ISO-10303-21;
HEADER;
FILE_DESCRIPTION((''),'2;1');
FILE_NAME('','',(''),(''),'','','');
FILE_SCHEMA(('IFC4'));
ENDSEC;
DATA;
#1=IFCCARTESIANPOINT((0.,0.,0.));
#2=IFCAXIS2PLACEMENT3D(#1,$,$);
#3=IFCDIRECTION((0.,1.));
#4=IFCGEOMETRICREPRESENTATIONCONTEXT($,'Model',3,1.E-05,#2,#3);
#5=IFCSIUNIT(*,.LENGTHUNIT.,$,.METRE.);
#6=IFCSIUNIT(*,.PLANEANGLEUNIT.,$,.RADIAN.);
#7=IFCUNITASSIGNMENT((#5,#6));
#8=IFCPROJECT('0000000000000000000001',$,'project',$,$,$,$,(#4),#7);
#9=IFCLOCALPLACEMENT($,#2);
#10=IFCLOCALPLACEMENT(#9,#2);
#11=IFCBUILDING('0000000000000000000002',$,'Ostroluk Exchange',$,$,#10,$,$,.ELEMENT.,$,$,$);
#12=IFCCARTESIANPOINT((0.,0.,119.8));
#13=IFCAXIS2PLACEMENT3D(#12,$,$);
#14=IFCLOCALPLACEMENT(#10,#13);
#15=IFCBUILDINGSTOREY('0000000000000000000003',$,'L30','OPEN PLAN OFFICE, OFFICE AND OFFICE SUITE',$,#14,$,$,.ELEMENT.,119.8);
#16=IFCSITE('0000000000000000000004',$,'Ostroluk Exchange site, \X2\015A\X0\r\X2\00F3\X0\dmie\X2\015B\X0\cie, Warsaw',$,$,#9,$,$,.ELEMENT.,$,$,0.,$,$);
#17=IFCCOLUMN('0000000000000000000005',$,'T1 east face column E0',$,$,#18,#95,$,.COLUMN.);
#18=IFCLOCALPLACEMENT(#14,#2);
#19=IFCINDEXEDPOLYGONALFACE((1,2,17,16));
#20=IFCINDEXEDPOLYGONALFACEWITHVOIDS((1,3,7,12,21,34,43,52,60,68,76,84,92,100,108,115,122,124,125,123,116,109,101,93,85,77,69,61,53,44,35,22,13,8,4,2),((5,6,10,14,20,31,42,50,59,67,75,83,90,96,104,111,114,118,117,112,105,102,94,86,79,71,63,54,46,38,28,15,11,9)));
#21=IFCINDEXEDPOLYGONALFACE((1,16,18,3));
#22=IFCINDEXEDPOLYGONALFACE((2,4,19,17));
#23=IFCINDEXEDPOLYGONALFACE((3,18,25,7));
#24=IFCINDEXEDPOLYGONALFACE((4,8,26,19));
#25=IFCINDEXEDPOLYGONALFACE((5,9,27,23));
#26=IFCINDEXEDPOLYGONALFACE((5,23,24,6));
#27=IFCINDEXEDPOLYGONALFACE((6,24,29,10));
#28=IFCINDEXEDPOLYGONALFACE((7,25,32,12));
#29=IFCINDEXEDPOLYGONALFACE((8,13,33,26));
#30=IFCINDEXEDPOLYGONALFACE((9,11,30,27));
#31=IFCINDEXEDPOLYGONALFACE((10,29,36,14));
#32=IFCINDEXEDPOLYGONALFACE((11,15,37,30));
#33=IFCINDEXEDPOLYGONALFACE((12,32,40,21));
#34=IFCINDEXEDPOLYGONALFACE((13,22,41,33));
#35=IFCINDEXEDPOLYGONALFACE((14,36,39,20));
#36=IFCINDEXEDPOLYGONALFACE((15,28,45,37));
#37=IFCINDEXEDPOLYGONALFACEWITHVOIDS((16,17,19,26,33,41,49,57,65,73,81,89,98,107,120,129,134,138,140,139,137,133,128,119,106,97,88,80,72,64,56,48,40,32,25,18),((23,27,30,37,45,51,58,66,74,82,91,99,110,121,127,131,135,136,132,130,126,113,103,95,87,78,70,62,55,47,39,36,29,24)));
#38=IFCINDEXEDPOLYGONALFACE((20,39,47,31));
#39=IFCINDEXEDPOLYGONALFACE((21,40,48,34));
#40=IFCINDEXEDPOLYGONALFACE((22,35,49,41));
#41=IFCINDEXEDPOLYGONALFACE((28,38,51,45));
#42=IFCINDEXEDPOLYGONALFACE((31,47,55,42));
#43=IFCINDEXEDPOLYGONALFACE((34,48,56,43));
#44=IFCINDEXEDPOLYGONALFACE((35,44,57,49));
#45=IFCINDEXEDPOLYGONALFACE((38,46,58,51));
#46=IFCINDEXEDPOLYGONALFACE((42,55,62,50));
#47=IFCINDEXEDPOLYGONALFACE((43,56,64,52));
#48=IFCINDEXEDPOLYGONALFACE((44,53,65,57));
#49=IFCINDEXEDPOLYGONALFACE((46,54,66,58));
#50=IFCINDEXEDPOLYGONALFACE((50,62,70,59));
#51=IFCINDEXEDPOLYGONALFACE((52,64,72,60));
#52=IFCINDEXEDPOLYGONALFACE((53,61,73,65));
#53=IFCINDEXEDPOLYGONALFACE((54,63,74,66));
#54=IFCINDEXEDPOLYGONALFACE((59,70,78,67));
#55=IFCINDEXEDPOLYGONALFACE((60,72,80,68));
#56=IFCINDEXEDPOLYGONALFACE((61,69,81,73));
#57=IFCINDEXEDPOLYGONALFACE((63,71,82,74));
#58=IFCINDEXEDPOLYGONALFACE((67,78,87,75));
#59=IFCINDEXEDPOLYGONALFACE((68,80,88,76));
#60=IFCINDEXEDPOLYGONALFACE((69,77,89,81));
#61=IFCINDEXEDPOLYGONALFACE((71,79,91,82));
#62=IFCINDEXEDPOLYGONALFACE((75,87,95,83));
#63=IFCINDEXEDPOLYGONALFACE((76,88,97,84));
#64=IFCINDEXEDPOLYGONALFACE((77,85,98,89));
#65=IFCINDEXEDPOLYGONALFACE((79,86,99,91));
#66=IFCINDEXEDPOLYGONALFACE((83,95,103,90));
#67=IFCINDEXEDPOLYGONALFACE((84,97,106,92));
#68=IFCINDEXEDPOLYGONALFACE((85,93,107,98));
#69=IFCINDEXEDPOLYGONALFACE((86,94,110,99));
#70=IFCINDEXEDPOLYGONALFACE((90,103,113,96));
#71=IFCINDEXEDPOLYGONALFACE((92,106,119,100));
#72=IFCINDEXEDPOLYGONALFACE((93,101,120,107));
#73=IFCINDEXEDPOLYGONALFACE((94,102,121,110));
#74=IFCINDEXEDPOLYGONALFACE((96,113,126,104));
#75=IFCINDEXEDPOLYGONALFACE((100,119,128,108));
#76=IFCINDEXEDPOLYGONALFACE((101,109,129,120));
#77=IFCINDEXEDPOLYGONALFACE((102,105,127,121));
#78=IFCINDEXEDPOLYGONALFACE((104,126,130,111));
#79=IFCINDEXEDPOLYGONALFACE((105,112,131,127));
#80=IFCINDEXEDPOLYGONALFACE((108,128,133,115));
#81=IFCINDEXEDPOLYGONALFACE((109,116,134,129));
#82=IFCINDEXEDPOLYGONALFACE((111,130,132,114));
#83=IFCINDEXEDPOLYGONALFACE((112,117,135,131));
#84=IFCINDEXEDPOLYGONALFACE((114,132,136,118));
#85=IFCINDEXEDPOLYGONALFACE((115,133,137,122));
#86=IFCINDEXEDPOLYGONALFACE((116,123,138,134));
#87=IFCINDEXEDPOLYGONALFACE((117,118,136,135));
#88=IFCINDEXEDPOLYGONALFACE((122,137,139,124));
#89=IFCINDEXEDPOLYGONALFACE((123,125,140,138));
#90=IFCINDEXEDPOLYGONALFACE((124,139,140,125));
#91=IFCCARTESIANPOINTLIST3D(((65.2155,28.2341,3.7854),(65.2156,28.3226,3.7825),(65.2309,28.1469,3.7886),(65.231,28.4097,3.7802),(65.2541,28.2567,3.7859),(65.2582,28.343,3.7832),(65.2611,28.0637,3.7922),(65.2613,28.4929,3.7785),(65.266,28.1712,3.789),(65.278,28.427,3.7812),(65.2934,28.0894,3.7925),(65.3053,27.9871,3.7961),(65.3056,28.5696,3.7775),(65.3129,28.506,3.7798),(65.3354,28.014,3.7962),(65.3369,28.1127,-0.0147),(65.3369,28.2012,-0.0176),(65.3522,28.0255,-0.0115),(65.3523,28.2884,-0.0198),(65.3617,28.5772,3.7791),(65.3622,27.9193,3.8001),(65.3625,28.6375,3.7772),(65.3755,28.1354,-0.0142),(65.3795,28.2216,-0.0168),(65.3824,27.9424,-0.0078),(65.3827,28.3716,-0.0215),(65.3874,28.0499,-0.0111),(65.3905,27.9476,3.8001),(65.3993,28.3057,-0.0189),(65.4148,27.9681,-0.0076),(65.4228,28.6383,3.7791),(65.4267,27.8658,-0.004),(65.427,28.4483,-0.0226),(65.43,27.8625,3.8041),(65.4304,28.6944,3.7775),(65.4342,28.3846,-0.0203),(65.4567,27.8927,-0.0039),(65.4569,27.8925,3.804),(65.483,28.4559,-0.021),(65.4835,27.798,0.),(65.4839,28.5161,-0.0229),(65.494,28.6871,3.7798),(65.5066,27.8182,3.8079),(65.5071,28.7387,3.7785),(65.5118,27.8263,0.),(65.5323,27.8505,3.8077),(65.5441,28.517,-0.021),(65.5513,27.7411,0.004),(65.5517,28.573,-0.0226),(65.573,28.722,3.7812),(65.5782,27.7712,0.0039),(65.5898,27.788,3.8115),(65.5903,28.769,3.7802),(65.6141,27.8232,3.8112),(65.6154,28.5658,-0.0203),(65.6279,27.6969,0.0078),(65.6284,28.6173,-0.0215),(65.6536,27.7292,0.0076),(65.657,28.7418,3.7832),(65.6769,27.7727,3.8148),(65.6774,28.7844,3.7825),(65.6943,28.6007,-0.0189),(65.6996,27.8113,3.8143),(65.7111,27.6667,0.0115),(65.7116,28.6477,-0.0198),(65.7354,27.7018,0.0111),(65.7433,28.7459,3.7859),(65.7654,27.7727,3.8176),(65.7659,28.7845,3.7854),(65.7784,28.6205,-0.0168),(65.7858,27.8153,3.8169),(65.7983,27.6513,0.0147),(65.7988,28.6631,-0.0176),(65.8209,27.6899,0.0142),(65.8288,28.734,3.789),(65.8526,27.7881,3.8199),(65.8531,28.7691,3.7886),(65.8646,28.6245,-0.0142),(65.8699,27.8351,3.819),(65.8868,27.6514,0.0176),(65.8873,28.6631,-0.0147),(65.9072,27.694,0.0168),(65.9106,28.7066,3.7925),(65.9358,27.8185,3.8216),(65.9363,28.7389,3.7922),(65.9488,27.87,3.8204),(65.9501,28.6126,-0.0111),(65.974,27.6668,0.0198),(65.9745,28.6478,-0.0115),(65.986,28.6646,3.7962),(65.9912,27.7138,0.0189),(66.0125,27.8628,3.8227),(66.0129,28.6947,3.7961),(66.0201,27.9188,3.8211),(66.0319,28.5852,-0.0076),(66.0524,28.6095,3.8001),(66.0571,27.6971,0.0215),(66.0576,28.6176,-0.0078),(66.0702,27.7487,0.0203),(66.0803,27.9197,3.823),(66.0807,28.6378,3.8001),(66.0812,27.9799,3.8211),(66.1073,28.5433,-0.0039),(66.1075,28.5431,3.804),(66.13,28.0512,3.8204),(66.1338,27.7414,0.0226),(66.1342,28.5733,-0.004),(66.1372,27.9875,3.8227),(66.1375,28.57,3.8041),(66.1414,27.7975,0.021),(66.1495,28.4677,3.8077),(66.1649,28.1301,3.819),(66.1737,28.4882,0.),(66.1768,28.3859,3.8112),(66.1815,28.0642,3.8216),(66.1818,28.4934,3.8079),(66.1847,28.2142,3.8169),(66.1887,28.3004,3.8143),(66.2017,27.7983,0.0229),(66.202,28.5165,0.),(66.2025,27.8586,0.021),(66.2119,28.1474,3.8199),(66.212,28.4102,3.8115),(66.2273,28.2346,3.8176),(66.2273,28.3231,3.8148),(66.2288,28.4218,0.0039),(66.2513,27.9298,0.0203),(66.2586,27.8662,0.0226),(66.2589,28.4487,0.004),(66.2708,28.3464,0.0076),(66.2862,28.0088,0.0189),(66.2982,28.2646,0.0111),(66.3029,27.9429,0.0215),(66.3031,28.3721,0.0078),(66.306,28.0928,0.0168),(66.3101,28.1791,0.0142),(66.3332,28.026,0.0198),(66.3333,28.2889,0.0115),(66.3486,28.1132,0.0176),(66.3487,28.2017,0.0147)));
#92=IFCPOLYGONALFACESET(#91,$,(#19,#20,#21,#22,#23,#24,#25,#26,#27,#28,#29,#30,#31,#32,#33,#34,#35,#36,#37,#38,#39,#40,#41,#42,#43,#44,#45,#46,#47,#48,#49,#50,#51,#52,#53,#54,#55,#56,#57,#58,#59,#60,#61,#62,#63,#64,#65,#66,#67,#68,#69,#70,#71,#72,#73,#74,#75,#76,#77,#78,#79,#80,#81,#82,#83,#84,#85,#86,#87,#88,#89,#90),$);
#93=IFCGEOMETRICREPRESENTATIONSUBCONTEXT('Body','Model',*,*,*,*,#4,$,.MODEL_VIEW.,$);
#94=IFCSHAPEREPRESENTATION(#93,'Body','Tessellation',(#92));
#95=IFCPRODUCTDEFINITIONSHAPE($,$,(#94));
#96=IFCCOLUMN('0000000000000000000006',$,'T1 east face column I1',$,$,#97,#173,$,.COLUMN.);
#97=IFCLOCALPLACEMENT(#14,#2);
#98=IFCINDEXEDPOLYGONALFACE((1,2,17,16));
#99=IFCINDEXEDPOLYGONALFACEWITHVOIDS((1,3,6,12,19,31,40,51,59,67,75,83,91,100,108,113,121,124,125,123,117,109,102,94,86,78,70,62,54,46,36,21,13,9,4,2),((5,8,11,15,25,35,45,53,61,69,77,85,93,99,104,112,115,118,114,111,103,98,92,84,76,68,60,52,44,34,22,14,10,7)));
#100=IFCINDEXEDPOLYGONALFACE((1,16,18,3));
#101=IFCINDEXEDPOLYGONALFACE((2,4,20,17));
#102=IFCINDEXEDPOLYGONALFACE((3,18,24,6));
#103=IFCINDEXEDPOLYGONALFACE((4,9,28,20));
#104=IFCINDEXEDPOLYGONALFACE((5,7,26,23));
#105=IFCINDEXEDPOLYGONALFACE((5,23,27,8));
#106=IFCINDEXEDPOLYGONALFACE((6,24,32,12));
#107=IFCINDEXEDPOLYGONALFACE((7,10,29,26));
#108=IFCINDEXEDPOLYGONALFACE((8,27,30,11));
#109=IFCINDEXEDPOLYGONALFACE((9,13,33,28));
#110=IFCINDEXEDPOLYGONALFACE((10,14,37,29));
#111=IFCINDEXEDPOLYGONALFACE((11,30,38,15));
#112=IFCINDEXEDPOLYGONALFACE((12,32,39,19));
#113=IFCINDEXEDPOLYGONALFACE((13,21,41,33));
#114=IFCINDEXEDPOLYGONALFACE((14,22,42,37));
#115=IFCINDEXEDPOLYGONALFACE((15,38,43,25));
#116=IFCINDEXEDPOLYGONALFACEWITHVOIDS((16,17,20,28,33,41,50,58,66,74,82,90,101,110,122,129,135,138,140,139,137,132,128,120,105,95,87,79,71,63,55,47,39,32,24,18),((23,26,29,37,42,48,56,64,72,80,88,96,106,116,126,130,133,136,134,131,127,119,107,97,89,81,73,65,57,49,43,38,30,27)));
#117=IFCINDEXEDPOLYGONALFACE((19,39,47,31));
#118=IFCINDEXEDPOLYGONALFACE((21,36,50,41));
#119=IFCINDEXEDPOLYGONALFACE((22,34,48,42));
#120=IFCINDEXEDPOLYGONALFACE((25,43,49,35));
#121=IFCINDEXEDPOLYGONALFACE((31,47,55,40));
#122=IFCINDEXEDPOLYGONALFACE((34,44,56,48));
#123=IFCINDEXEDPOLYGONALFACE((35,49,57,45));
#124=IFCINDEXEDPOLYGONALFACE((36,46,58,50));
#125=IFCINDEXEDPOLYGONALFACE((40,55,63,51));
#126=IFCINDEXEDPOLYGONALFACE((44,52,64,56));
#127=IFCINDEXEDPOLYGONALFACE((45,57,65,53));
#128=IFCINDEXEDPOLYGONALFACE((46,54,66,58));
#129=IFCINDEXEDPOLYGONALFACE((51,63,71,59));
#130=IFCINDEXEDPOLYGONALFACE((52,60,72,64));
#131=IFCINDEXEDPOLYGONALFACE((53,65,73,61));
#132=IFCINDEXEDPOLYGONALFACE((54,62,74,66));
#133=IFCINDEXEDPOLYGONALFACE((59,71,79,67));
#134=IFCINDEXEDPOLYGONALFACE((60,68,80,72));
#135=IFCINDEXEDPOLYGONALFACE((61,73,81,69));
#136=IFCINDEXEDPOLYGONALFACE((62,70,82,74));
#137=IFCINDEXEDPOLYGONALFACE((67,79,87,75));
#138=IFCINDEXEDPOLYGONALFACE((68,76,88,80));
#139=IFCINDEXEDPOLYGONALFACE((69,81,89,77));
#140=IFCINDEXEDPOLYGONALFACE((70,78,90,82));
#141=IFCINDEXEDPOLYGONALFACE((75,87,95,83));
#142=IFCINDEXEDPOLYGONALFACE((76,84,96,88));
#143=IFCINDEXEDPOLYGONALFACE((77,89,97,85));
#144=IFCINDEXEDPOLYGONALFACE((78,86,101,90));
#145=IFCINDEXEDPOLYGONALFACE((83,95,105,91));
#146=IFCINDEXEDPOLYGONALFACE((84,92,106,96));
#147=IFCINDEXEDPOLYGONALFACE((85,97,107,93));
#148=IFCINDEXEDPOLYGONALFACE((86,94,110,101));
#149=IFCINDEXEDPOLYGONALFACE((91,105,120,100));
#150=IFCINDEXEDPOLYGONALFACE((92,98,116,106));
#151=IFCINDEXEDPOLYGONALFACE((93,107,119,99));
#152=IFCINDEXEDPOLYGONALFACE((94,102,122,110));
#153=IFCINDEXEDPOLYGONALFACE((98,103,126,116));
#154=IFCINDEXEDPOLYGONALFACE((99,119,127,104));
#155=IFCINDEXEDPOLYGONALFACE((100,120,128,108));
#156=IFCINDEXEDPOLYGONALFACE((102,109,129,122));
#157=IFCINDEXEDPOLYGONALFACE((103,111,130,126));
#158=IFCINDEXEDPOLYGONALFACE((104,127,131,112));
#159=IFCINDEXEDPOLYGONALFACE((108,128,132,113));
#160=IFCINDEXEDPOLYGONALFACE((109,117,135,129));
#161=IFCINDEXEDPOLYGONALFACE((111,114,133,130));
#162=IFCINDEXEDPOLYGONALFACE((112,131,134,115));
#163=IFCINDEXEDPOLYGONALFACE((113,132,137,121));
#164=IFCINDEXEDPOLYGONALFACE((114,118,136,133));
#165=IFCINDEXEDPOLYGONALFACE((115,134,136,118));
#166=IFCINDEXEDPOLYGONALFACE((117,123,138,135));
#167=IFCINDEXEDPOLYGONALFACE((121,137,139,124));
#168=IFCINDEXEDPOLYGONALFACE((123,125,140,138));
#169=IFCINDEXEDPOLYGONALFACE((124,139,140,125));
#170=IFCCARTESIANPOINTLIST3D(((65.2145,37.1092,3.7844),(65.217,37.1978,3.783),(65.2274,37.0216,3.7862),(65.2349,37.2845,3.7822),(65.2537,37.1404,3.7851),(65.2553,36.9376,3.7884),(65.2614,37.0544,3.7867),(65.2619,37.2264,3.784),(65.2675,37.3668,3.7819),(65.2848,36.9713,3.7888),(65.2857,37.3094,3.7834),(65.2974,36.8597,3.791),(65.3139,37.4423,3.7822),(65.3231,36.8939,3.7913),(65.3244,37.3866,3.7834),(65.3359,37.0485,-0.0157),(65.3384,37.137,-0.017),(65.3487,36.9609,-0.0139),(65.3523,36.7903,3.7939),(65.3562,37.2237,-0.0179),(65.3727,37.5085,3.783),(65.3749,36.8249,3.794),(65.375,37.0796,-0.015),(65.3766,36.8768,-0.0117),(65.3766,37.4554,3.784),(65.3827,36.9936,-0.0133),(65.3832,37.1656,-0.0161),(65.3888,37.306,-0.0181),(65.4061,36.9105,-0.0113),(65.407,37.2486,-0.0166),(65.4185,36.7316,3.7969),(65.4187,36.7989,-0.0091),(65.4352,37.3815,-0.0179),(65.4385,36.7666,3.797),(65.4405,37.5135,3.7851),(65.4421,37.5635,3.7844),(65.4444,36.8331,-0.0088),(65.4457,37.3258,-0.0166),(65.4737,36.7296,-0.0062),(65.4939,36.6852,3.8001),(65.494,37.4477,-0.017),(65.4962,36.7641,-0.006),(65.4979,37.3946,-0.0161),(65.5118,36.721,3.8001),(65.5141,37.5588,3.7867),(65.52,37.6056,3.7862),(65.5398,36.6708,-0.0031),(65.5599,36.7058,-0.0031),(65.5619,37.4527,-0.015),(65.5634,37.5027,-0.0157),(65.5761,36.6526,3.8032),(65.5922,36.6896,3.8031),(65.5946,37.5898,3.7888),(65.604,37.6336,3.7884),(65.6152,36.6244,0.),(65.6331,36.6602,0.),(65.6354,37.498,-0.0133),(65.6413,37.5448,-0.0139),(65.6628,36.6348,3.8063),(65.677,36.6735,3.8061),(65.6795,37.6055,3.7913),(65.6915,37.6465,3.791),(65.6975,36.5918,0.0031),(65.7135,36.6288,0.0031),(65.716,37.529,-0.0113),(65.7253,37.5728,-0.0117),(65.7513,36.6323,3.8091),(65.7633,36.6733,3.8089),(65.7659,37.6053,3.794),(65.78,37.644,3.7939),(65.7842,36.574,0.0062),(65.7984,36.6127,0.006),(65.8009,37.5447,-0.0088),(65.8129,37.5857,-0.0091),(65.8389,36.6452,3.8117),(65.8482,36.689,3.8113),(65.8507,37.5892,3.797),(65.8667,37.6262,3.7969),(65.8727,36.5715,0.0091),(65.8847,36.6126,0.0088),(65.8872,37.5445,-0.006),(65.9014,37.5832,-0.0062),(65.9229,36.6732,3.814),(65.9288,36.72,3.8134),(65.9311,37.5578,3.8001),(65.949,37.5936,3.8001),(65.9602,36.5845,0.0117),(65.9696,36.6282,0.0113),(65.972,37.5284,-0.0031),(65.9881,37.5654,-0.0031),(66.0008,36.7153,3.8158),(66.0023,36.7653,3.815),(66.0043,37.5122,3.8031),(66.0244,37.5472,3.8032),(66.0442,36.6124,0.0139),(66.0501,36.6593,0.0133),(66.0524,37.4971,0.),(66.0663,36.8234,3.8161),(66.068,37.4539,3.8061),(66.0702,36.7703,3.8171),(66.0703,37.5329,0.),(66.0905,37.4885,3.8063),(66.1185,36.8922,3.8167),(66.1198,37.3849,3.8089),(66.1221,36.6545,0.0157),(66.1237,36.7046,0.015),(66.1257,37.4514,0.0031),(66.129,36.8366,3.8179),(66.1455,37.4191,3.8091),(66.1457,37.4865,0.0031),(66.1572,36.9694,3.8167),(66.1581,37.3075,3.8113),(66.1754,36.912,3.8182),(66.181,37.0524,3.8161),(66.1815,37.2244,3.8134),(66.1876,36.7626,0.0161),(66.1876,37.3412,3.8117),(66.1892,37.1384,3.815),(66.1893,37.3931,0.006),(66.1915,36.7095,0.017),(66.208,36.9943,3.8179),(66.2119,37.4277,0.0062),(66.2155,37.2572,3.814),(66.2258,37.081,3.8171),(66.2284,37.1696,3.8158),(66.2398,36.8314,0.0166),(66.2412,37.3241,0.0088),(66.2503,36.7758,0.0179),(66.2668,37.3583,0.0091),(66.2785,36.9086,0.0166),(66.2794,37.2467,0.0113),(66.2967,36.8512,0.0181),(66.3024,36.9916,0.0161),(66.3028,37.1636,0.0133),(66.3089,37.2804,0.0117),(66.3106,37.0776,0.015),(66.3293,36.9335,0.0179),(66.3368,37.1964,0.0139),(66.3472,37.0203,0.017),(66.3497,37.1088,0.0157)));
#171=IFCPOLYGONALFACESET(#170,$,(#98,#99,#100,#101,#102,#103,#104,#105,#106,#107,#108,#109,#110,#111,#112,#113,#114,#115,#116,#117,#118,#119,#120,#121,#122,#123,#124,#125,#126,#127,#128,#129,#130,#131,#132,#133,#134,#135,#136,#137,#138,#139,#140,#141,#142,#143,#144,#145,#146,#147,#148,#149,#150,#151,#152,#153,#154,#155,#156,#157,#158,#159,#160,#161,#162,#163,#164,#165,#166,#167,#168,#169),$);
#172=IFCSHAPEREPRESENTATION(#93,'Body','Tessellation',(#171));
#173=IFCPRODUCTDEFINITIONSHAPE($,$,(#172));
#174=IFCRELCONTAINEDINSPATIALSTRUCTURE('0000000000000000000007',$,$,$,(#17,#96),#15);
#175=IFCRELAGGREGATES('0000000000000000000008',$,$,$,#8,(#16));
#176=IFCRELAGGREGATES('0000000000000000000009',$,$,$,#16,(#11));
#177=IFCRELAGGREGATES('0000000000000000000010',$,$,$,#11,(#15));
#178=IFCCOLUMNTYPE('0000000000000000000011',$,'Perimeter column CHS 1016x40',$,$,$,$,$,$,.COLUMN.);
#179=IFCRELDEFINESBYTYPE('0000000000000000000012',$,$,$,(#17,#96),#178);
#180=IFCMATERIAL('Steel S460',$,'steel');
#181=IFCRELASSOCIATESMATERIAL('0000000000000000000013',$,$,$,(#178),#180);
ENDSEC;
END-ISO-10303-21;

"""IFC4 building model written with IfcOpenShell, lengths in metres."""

from ifc_helpers import new_model, si_unit, direction, frame, origin, origin_2d, place, context, subcontext, project, spatial, hollow_circle, extrude, material, material_profile, profile_set, type_object, element, save


model = new_model("IFC4")

# Units and contexts
model_context = context("Model", 3, precision=1e-05, world=origin(), true_north=direction((0.0, 1.0)))
body_context = subcontext(model_context, "Body", "Model", "MODEL_VIEW")
ifc_project = project(units=[si_unit("LENGTHUNIT", "METRE"), si_unit("PLANEANGLEUNIT", "RADIAN")], contexts=[model_context])

# Site, building, storey
site_placement = place(None, origin())
site = spatial("IfcSite", under=ifc_project, at=site_placement, Name="Ostroluk Exchange site, Śródmieście, Warsaw", CompositionType="ELEMENT", RefElevation=0.0)
building_placement = place(site_placement, origin())
building = spatial("IfcBuilding", under=site, at=building_placement, Name="Ostroluk Exchange", CompositionType="ELEMENT")
storey_placement = place(building_placement, frame((0.0, 0.0, 119.8)))
storey = spatial("IfcBuildingStorey", under=building, at=storey_placement, Name="L30", Description="OPEN PLAN OFFICE, OFFICE AND OFFICE SUITE", CompositionType="ELEMENT", Elevation=119.8)

# Columns
ifc_material_1 = material(Name="Steel S460", Category="steel")
ifc_material_profile_1 = material_profile(ifc_material_1, hollow_circle(Radius=0.5081, WallThickness=0.04, at=origin_2d()), Name="CHS 1016x40")
ifc_profile_set_1 = profile_set([ifc_material_profile_1], Name="Steel S460")
column_type_1 = type_object("IfcColumnType", Name="Perimeter column CHS 1016x40", PredefinedType="COLUMN", material=ifc_profile_set_1)
column_1_placement = place(storey_placement, frame((65.8428, 28.1572, 0.0), z_axis=(-0.031898, 0.031898, 0.998982), x_axis=(-0.707107, -0.707107, 0.0)))
element("IfcColumn", 1, at=column_1_placement, inside=storey, type_object=column_type_1, Name="T1 east face column E0", PredefinedType="COLUMN", context=body_context, shape_type="SweptSolid", body=[
    extrude(hollow_circle(Radius=0.5081, WallThickness=0.04, at=origin_2d()), origin(), (0.0, 0.0, 1.0), 3.804),
])
column_2_placement = place(storey_placement, frame((65.8428, 37.0786, 0.0), z_axis=(-0.03191, 0.015987, 0.999363), x_axis=(-0.447933, -0.894067, 0.0)))
element("IfcColumn", 2, at=column_2_placement, inside=storey, type_object=column_type_1, Name="T1 east face column I1", PredefinedType="COLUMN", context=body_context, shape_type="SweptSolid", body=[
    extrude(hollow_circle(Radius=0.5081, WallThickness=0.04, at=origin_2d()), origin(), (0.0, 0.0, 1.0), 3.8025),
])

save(model, "model.ifc")
